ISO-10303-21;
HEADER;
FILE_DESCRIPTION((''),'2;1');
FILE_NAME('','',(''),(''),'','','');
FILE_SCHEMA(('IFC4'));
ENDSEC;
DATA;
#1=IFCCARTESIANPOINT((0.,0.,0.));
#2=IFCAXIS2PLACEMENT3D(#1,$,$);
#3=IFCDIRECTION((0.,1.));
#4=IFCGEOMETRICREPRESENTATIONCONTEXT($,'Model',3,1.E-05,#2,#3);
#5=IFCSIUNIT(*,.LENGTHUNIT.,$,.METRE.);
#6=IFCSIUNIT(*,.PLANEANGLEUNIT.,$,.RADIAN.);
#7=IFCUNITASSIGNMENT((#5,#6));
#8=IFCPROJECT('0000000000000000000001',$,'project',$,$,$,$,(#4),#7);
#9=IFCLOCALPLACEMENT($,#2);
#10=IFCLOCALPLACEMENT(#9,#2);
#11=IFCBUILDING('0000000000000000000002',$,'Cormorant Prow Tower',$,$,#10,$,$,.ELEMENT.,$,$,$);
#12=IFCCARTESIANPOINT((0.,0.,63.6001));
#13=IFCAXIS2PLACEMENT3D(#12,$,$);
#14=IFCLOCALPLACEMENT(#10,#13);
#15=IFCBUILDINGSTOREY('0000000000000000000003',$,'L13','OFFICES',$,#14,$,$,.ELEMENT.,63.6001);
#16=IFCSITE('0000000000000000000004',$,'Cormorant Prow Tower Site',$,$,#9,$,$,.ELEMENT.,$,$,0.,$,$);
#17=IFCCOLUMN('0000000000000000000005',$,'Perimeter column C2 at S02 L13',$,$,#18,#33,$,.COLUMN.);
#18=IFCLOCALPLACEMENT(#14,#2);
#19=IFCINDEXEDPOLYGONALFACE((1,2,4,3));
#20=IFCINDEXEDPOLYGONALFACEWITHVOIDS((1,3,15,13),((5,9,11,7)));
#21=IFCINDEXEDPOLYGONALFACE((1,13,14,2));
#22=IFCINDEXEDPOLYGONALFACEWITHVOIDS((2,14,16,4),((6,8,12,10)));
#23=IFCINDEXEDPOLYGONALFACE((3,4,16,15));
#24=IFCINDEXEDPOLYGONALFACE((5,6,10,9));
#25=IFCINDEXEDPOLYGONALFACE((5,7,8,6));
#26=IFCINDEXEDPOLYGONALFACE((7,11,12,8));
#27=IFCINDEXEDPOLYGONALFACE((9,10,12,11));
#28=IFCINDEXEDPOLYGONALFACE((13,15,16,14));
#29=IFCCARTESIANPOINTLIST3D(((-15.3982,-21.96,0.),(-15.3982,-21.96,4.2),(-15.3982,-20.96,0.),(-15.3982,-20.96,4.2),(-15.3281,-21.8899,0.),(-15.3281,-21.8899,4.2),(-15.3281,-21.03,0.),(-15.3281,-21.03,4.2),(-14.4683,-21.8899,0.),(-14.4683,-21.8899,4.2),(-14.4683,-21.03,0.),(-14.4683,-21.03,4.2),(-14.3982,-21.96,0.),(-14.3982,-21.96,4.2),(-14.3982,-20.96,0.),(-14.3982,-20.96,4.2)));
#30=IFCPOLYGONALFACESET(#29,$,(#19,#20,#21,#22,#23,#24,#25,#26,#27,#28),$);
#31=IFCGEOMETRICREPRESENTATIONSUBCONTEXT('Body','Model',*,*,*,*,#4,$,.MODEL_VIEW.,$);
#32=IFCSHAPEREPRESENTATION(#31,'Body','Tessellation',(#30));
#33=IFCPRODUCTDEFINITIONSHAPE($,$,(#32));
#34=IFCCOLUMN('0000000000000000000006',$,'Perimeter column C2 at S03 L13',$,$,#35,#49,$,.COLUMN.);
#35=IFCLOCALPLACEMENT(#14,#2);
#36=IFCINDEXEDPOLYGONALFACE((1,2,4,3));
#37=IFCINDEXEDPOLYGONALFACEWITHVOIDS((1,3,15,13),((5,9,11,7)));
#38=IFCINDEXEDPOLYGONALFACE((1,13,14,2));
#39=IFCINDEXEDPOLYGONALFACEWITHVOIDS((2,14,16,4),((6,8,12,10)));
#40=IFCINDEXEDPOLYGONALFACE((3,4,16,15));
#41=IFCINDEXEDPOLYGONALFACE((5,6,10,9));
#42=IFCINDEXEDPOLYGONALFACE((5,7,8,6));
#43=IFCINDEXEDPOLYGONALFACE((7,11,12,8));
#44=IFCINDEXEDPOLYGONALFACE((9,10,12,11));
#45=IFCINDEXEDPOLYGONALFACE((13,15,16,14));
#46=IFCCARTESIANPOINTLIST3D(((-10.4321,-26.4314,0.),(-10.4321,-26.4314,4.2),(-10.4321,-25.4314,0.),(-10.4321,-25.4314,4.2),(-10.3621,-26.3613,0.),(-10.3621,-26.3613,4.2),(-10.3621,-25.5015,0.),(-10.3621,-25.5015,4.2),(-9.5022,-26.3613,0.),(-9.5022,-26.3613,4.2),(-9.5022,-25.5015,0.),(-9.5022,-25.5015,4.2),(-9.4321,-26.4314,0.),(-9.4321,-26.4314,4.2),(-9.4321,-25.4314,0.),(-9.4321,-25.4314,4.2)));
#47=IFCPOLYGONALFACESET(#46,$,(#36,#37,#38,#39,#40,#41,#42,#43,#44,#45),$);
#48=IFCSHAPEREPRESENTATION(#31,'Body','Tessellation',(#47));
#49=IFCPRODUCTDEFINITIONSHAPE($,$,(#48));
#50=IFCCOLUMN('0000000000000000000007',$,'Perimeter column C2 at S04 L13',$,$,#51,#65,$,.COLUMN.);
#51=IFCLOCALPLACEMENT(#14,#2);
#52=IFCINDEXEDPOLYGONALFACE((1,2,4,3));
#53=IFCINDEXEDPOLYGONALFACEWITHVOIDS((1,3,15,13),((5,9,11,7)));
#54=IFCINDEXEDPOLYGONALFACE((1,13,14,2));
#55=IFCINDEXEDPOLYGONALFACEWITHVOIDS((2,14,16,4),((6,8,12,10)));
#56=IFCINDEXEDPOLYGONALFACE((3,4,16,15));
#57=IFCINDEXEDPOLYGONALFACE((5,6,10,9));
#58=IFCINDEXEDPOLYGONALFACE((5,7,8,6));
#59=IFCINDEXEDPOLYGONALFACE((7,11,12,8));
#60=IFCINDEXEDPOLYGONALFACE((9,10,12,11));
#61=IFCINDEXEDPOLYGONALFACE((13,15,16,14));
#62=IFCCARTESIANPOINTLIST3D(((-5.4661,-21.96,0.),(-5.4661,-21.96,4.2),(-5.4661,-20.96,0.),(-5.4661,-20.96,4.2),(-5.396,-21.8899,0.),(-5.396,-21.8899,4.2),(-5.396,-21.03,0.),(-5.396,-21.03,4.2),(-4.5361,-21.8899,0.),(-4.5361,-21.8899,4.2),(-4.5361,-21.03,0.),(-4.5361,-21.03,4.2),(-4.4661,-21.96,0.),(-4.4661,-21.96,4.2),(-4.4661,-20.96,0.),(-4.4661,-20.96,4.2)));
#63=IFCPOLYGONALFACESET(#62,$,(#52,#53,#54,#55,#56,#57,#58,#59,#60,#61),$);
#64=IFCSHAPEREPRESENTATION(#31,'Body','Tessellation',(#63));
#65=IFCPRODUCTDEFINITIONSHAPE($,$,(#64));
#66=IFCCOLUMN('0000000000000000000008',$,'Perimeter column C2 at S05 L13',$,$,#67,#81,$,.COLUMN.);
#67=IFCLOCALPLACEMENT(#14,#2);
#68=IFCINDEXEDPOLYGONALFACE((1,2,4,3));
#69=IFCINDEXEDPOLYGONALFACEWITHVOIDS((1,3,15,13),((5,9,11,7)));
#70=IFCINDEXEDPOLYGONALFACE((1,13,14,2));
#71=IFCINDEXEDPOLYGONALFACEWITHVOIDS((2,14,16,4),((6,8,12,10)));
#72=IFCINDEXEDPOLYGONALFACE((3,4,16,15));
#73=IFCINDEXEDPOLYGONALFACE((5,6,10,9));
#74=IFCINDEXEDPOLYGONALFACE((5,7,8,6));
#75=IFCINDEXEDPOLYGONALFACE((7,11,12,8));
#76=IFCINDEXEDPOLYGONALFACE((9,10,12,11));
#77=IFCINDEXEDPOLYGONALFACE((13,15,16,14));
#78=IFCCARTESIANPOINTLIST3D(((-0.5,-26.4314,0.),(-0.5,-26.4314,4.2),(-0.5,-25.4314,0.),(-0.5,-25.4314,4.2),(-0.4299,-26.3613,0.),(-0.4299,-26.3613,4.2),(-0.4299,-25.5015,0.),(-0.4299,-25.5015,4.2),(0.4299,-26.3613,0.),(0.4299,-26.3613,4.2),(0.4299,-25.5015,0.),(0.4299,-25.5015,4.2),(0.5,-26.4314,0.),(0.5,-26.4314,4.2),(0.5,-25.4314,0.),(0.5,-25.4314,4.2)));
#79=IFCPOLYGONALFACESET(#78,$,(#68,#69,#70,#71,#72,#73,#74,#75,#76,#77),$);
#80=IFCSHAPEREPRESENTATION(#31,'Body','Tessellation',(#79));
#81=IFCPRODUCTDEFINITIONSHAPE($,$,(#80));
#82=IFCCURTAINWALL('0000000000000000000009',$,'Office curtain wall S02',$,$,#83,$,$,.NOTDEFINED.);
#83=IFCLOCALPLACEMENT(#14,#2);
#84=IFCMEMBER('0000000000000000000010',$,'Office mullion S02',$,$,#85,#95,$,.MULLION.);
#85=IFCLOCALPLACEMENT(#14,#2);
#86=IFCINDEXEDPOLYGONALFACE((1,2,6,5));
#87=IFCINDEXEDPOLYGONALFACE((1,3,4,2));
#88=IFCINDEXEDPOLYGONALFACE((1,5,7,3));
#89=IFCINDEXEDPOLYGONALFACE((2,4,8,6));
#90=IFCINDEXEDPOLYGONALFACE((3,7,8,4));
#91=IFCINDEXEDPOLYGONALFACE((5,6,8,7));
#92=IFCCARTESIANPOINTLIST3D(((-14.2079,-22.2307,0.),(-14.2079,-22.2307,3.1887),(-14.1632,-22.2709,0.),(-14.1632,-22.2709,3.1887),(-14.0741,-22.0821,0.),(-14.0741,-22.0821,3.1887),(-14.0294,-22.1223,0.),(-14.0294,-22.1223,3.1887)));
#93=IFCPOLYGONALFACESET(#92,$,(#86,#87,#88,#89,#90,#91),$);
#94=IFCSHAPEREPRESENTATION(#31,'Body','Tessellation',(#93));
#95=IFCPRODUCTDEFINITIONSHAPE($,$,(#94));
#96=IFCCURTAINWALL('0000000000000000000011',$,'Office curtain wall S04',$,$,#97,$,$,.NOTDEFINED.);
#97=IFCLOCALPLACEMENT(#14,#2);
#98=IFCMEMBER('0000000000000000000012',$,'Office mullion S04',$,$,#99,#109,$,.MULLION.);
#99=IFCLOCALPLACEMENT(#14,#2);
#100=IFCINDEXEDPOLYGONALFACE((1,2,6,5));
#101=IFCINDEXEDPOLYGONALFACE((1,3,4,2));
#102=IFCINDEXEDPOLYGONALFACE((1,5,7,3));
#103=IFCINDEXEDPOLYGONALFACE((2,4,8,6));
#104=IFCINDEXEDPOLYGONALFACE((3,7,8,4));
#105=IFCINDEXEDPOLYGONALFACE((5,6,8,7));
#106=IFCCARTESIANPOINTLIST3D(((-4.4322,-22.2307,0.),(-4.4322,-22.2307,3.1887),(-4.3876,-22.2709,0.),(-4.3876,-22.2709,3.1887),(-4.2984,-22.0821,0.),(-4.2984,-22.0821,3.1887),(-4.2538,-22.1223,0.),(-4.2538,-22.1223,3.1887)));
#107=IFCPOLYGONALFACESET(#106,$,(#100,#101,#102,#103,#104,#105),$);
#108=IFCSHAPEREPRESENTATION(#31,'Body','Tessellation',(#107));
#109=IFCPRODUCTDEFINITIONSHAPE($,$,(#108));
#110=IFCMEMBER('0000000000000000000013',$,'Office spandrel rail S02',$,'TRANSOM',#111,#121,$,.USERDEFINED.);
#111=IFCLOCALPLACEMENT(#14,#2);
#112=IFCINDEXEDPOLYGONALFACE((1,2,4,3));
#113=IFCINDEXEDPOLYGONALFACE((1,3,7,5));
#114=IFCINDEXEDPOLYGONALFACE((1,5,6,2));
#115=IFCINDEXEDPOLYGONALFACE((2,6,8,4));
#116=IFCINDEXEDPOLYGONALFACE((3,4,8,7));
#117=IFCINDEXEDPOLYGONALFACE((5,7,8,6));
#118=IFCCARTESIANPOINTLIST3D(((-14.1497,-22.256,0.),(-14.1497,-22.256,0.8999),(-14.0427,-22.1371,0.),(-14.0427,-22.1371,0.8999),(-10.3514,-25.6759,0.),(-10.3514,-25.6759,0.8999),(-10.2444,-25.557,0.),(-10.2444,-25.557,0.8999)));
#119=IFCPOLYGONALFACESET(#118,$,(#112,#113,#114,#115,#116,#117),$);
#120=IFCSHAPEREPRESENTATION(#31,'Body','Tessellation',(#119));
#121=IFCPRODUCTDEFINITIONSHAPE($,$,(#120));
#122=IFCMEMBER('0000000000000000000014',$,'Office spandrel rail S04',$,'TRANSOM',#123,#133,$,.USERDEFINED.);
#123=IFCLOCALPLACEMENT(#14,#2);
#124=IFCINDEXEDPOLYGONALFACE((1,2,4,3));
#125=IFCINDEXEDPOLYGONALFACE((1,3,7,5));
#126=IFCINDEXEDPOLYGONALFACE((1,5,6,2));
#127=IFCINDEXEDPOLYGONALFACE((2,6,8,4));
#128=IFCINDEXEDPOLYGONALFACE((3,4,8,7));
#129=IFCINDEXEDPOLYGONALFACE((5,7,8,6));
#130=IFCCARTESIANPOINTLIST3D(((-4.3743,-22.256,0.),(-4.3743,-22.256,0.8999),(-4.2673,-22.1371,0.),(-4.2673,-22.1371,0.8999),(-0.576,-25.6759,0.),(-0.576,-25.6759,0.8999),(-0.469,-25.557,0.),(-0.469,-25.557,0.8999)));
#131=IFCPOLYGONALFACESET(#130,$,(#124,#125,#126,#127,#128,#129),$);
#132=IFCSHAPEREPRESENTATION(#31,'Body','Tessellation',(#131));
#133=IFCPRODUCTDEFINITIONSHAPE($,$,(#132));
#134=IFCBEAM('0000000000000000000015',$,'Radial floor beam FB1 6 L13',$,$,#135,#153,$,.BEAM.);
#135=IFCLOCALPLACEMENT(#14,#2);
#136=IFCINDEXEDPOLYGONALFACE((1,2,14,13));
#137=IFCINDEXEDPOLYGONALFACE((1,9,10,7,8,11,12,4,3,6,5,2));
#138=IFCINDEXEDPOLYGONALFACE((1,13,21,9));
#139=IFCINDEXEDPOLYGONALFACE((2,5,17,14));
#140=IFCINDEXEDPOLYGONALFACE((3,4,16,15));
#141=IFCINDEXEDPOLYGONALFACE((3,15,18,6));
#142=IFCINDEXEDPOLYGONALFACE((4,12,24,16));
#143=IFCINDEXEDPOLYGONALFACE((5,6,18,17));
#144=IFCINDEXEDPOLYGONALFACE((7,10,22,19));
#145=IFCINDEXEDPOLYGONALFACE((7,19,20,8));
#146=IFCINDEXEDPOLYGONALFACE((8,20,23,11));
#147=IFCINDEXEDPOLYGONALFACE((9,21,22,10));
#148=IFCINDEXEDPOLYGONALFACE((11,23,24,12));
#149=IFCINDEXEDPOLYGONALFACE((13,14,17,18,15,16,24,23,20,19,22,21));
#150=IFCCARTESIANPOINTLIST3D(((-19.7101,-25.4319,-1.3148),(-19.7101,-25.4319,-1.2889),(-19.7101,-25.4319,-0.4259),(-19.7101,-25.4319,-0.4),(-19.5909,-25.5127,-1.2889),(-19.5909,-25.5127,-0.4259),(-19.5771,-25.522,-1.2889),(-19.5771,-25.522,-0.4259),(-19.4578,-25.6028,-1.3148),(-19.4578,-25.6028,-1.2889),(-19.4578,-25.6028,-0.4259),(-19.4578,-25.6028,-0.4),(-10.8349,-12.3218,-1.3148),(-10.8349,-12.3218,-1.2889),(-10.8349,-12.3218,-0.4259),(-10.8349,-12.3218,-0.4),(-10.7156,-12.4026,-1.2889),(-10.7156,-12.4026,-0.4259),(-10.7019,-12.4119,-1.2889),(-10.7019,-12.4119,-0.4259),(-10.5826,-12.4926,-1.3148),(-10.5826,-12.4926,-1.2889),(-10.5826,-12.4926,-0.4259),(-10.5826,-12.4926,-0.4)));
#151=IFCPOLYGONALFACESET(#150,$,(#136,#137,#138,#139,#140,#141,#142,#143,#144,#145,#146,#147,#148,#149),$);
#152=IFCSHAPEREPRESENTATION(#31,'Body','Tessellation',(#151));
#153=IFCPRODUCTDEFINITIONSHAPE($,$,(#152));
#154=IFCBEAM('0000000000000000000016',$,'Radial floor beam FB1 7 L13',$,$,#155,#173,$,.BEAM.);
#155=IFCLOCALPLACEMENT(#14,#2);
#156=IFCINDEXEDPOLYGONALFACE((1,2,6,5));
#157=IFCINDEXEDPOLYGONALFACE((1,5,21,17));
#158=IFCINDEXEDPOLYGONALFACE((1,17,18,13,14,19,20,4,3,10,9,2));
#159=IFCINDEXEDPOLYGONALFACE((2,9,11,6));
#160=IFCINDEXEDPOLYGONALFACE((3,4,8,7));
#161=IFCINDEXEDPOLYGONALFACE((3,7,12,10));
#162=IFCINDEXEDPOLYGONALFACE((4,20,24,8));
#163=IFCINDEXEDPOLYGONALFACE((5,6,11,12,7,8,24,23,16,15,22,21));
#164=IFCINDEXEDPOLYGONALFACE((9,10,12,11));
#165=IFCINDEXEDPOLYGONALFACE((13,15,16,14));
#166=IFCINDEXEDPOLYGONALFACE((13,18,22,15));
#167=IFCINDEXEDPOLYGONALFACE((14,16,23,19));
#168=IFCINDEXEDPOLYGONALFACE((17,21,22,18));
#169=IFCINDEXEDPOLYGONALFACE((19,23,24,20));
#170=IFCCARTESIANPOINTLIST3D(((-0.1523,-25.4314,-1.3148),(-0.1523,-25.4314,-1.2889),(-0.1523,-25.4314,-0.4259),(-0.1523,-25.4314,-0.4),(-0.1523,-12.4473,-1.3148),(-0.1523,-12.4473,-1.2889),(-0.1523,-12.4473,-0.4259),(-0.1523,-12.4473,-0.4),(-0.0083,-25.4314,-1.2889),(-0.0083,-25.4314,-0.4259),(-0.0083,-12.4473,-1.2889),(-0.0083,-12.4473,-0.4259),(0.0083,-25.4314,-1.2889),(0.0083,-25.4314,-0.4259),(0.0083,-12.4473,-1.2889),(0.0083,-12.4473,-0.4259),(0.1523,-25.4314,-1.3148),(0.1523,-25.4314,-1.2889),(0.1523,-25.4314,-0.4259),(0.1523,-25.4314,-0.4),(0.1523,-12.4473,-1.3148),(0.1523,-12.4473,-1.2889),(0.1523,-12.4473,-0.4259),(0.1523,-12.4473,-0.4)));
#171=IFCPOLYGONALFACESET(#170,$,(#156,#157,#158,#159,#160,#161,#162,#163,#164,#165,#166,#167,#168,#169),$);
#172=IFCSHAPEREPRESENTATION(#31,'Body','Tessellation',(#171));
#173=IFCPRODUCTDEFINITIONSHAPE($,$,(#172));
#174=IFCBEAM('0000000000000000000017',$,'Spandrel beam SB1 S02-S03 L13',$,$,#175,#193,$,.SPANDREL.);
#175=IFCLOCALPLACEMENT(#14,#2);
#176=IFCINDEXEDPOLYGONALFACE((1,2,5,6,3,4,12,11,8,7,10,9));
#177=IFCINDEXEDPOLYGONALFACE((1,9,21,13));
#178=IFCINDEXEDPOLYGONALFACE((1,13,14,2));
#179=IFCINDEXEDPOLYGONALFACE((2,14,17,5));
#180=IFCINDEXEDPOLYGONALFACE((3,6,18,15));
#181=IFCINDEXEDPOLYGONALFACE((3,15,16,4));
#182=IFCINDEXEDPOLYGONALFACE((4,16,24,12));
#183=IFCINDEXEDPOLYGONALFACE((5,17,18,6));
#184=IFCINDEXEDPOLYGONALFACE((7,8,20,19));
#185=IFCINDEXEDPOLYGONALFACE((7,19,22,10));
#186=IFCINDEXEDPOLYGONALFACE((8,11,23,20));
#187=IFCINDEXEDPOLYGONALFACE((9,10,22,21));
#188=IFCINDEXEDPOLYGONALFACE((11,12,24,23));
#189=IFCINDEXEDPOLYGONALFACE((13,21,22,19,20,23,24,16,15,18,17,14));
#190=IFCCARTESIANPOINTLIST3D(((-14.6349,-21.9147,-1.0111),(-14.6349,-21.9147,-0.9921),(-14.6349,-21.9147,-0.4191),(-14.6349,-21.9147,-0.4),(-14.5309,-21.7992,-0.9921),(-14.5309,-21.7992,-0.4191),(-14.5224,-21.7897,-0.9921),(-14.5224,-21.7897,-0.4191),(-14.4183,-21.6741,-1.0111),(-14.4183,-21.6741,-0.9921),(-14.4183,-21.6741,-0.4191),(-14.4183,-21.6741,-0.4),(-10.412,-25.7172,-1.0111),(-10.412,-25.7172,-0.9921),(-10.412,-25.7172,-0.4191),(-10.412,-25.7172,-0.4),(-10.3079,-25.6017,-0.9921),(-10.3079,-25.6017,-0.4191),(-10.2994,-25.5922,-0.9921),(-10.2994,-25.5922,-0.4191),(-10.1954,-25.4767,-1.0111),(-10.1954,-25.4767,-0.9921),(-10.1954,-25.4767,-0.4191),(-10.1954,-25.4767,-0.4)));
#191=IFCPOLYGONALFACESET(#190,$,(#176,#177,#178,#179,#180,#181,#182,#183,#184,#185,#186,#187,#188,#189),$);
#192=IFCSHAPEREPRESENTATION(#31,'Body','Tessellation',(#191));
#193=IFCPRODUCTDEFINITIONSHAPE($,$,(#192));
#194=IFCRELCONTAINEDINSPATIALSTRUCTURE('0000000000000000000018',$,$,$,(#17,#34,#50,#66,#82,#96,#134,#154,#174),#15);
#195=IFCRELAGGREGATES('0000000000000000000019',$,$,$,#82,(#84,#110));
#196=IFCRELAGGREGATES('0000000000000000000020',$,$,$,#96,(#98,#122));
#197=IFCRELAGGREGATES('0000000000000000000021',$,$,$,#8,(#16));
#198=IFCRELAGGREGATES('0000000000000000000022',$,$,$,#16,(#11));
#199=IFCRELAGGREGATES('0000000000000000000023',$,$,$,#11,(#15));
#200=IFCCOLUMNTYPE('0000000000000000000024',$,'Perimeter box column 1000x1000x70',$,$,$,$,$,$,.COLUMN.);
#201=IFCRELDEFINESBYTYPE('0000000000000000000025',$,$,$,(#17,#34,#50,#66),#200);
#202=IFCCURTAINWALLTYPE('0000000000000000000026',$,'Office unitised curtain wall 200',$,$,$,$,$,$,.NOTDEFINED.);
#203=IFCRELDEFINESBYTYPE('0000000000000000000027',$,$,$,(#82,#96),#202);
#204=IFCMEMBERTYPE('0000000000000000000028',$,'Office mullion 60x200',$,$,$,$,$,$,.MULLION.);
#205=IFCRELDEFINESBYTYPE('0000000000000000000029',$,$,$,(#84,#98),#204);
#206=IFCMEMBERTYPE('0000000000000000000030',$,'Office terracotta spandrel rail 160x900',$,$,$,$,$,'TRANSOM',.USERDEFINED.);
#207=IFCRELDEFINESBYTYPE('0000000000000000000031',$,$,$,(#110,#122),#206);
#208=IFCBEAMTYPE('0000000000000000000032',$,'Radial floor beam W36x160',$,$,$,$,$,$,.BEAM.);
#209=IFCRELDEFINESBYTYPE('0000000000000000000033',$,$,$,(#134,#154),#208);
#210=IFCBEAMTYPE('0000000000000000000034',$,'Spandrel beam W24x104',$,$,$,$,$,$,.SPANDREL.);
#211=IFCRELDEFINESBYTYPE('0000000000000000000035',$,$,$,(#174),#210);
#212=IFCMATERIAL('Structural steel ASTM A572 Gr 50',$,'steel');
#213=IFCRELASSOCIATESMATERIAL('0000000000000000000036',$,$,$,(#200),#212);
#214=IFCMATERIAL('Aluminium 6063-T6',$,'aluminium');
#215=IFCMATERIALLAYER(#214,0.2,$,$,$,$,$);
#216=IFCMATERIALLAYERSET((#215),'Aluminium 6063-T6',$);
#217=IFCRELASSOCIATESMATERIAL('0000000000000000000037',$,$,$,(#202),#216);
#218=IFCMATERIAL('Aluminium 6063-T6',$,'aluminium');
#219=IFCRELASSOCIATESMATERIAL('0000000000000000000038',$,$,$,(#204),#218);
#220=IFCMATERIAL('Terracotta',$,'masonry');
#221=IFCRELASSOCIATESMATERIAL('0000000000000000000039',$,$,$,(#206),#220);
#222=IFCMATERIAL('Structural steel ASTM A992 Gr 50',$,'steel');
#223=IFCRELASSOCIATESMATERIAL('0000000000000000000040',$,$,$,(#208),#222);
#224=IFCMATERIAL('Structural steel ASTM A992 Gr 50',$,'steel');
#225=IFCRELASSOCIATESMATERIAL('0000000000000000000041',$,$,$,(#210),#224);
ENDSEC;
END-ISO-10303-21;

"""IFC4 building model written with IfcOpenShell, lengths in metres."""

from ifc_helpers import new_model, si_unit, direction, frame, origin, origin_2d, place, context, subcontext, project, spatial, rectangle, hollow_rectangle, i_section, extrude, material, layer, layer_set, material_profile, profile_set, type_object, element, aggregate, save


model = new_model("IFC4")

# Units and contexts
model_context = context("Model", 3, precision=1e-05, world=origin(), true_north=direction((0.0, 1.0)))
body_context = subcontext(model_context, "Body", "Model", "MODEL_VIEW")
ifc_project = project(units=[si_unit("LENGTHUNIT", "METRE"), si_unit("PLANEANGLEUNIT", "RADIAN")], contexts=[model_context])

# Site, building, storey
site_placement = place(None, origin())
site = spatial("IfcSite", under=ifc_project, at=site_placement, Name="Cormorant Prow Tower Site", CompositionType="ELEMENT", RefElevation=0.0)
building_placement = place(site_placement, origin())
building = spatial("IfcBuilding", under=site, at=building_placement, Name="Cormorant Prow Tower", CompositionType="ELEMENT")
storey_placement = place(building_placement, frame((0.0, 0.0, 63.6001)))
storey = spatial("IfcBuildingStorey", under=building, at=storey_placement, Name="L13", Description="OFFICES", CompositionType="ELEMENT", Elevation=63.6001)

# Columns
ifc_material_1 = material(Name="Structural steel ASTM A572 Gr 50", Category="steel")
ifc_material_profile_1 = material_profile(ifc_material_1, hollow_rectangle(XDim=1.0, YDim=1.0, WallThickness=0.0701, at=origin_2d()), Name="Box 1000x1000x70")
ifc_profile_set_1 = profile_set([ifc_material_profile_1], Name="Structural steel ASTM A572 Gr 50")
column_type = type_object("IfcColumnType", Name="Perimeter box column 1000x1000x70", PredefinedType="COLUMN", material=ifc_profile_set_1)
for number, where, z_axis, x_axis, name in (
    (1, (-14.8982, -21.46, 0.0), (0.0, 0.0, 1.0), (1.0, 0.0, 0.0), "Perimeter column C2 at S02 L13"),
    (2, (-9.9321, -25.9314, 0.0), (0.0, 0.0, 1.0), (1.0, 0.0, 0.0), "Perimeter column C2 at S03 L13"),
    (3, (-4.9661, -21.46, 0.0), (0.0, 0.0, 1.0), (1.0, 0.0, 0.0), "Perimeter column C2 at S04 L13"),
    (4, (0.0, -25.9314, 0.0), (0.0, 0.0, 1.0), (1.0, 0.0, 0.0), "Perimeter column C2 at S05 L13"),
):
    element("IfcColumn", number, at=place(storey_placement, frame(where, z_axis=z_axis, x_axis=x_axis)), inside=storey, type_object=column_type, Name=name, PredefinedType="COLUMN", context=body_context, shape_type="SweptSolid", body=[
        extrude(hollow_rectangle(XDim=1.0, YDim=1.0, WallThickness=0.0701, at=origin_2d()), origin(), (0.0, 0.0, 1.0), 4.2),
    ])

# Curtain walls, members
ifc_material_2 = material(Name="Aluminium 6063-T6", Category="aluminium")
ifc_layer_1 = layer(ifc_material_2, 0.2)
ifc_layer_set_1 = layer_set([ifc_layer_1], Name="Aluminium 6063-T6")
curtain_wall_type = type_object("IfcCurtainWallType", Name="Office unitised curtain wall 200", PredefinedType="NOTDEFINED", material=ifc_layer_set_1)
curtain_wall_1_placement = place(storey_placement, origin())
curtain_wall_1 = element("IfcCurtainWall", 5, at=curtain_wall_1_placement, inside=storey, type_object=curtain_wall_type, Name="Office curtain wall S02", PredefinedType="NOTDEFINED")
ifc_material_3 = material(Name="Aluminium 6063-T6", Category="aluminium")
ifc_material_profile_2 = material_profile(ifc_material_3, rectangle(XDim=0.2, YDim=0.0601, at=origin_2d()), Name="Office mullion 60x200")
ifc_profile_set_2 = profile_set([ifc_material_profile_2], Name="Aluminium 6063-T6")
member_type_1 = type_object("IfcMemberType", Name="Office mullion 60x200", PredefinedType="MULLION", material=ifc_profile_set_2)
member_1_placement = place(storey_placement, frame((-14.1187, -22.1765, 0.0), z_axis=(0.0, 0.0, 1.0), x_axis=(0.669131, 0.743145, 0.0)))
member_1 = element("IfcMember", 6, at=member_1_placement, type_object=member_type_1, Name="Office mullion S02", PredefinedType="MULLION", context=body_context, shape_type="SweptSolid", body=[
    extrude(rectangle(XDim=0.2, YDim=0.0601, at=origin_2d()), origin(), (0.0, 0.0, 1.0), 3.1887),
])
curtain_wall_2_placement = place(storey_placement, origin())
curtain_wall_2 = element("IfcCurtainWall", 7, at=curtain_wall_2_placement, inside=storey, type_object=curtain_wall_type, Name="Office curtain wall S04", PredefinedType="NOTDEFINED")
member_2_placement = place(storey_placement, frame((-4.343, -22.1765, 0.0), z_axis=(0.0, 0.0, 1.0), x_axis=(0.669131, 0.743145, 0.0)))
member_2 = element("IfcMember", 8, at=member_2_placement, type_object=member_type_1, Name="Office mullion S04", PredefinedType="MULLION", context=body_context, shape_type="SweptSolid", body=[
    extrude(rectangle(XDim=0.2, YDim=0.0601, at=origin_2d()), origin(), (0.0, 0.0, 1.0), 3.1887),
])

# Members
ifc_material_4 = material(Name="Terracotta", Category="masonry")
ifc_material_profile_3 = material_profile(ifc_material_4, rectangle(XDim=0.1599, YDim=0.8999, at=origin_2d()), Name="Office terracotta spandrel rail 160x900")
ifc_profile_set_3 = profile_set([ifc_material_profile_3], Name="Terracotta")
member_type_2 = type_object("IfcMemberType", Name="Office terracotta spandrel rail 160x900", ElementType="TRANSOM", PredefinedType="USERDEFINED", material=ifc_profile_set_3)
member_3_placement = place(storey_placement, frame((-14.0962, -22.1965, 0.45), z_axis=(0.743156, -0.669118, 0.0), x_axis=(0.669118, 0.743156, 0.0)))
member_3 = element("IfcMember", 9, at=member_3_placement, type_object=member_type_2, Name="Office spandrel rail S02", ObjectType="TRANSOM", PredefinedType="USERDEFINED", context=body_context, shape_type="SweptSolid", body=[
    extrude(rectangle(XDim=0.1599, YDim=0.8999, at=origin_2d()), origin(), (0.0, 0.0, 1.0), 5.1111),
])
member_4_placement = place(storey_placement, frame((-4.3208, -22.1965, 0.45), z_axis=(0.743156, -0.669118, 0.0), x_axis=(0.669118, 0.743156, 0.0)))
member_4 = element("IfcMember", 10, at=member_4_placement, type_object=member_type_2, Name="Office spandrel rail S04", ObjectType="TRANSOM", PredefinedType="USERDEFINED", context=body_context, shape_type="SweptSolid", body=[
    extrude(rectangle(XDim=0.1599, YDim=0.8999, at=origin_2d()), origin(), (0.0, 0.0, 1.0), 5.1111),
])

# Beams
ifc_material_5 = material(Name="Structural steel ASTM A992 Gr 50", Category="steel")
ifc_material_profile_4 = material_profile(ifc_material_5, i_section(OverallWidth=0.3047, OverallDepth=0.9148, WebThickness=0.0166, FlangeThickness=0.0259, at=origin_2d()), Name="W36x160")
ifc_profile_set_4 = profile_set([ifc_material_profile_4], Name="Structural steel ASTM A992 Gr 50")
beam_type_1 = type_object("IfcBeamType", Name="Radial floor beam W36x160", PredefinedType="BEAM", material=ifc_profile_set_4)
beam_1_placement = place(storey_placement, frame((-10.7087, -12.4072, -0.8574), z_axis=(-0.560597, -0.828089, 0.0), x_axis=(0.828089, -0.560597, 0.0)))
element("IfcBeam", 11, at=beam_1_placement, inside=storey, type_object=beam_type_1, Name="Radial floor beam FB1 6 L13", PredefinedType="BEAM", context=body_context, shape_type="SweptSolid", body=[
    extrude(i_section(OverallWidth=0.3047, OverallDepth=0.9148, WebThickness=0.0166, FlangeThickness=0.0259, at=origin_2d()), origin(), (0.0, 0.0, 1.0), 15.8318),
])
beam_2_placement = place(storey_placement, frame((0.0, -12.4473, -0.8574), z_axis=(0.0, -1.0, 0.0), x_axis=(1.0, 0.0, 0.0)))
element("IfcBeam", 12, at=beam_2_placement, inside=storey, type_object=beam_type_1, Name="Radial floor beam FB1 7 L13", PredefinedType="BEAM", context=body_context, shape_type="SweptSolid", body=[
    extrude(i_section(OverallWidth=0.3047, OverallDepth=0.9148, WebThickness=0.0166, FlangeThickness=0.0259, at=origin_2d()), origin(), (0.0, 0.0, 1.0), 12.9841),
])
ifc_material_6 = material(Name="Structural steel ASTM A992 Gr 50", Category="steel")
ifc_material_profile_5 = material_profile(ifc_material_6, i_section(OverallWidth=0.3237, OverallDepth=0.6111, WebThickness=0.0127, FlangeThickness=0.019, at=origin_2d()), Name="W24x104")
ifc_profile_set_5 = profile_set([ifc_material_profile_5], Name="Structural steel ASTM A992 Gr 50")
beam_type_2 = type_object("IfcBeamType", Name="Spandrel beam W24x104", PredefinedType="SPANDREL", material=ifc_profile_set_5)
for number, where, z_axis, x_axis, name in (
    (13, (-14.5266, -21.7944, -0.7056), (0.74313, -0.669147, 0.0), (0.669147, 0.74313, 0.0), "Spandrel beam SB1 S02-S03 L13"),
):
    element("IfcBeam", number, at=place(storey_placement, frame(where, z_axis=z_axis, x_axis=x_axis)), inside=storey, type_object=beam_type_2, Name=name, PredefinedType="SPANDREL", context=body_context, shape_type="SweptSolid", body=[
        extrude(i_section(OverallWidth=0.3237, OverallDepth=0.6111, WebThickness=0.0127, FlangeThickness=0.019, at=origin_2d()), origin(), (0.0, 0.0, 1.0), 5.6826),
    ])

aggregate(curtain_wall_1, [member_1, member_3])
aggregate(curtain_wall_2, [member_2, member_4])

save(model, "model.ifc")
